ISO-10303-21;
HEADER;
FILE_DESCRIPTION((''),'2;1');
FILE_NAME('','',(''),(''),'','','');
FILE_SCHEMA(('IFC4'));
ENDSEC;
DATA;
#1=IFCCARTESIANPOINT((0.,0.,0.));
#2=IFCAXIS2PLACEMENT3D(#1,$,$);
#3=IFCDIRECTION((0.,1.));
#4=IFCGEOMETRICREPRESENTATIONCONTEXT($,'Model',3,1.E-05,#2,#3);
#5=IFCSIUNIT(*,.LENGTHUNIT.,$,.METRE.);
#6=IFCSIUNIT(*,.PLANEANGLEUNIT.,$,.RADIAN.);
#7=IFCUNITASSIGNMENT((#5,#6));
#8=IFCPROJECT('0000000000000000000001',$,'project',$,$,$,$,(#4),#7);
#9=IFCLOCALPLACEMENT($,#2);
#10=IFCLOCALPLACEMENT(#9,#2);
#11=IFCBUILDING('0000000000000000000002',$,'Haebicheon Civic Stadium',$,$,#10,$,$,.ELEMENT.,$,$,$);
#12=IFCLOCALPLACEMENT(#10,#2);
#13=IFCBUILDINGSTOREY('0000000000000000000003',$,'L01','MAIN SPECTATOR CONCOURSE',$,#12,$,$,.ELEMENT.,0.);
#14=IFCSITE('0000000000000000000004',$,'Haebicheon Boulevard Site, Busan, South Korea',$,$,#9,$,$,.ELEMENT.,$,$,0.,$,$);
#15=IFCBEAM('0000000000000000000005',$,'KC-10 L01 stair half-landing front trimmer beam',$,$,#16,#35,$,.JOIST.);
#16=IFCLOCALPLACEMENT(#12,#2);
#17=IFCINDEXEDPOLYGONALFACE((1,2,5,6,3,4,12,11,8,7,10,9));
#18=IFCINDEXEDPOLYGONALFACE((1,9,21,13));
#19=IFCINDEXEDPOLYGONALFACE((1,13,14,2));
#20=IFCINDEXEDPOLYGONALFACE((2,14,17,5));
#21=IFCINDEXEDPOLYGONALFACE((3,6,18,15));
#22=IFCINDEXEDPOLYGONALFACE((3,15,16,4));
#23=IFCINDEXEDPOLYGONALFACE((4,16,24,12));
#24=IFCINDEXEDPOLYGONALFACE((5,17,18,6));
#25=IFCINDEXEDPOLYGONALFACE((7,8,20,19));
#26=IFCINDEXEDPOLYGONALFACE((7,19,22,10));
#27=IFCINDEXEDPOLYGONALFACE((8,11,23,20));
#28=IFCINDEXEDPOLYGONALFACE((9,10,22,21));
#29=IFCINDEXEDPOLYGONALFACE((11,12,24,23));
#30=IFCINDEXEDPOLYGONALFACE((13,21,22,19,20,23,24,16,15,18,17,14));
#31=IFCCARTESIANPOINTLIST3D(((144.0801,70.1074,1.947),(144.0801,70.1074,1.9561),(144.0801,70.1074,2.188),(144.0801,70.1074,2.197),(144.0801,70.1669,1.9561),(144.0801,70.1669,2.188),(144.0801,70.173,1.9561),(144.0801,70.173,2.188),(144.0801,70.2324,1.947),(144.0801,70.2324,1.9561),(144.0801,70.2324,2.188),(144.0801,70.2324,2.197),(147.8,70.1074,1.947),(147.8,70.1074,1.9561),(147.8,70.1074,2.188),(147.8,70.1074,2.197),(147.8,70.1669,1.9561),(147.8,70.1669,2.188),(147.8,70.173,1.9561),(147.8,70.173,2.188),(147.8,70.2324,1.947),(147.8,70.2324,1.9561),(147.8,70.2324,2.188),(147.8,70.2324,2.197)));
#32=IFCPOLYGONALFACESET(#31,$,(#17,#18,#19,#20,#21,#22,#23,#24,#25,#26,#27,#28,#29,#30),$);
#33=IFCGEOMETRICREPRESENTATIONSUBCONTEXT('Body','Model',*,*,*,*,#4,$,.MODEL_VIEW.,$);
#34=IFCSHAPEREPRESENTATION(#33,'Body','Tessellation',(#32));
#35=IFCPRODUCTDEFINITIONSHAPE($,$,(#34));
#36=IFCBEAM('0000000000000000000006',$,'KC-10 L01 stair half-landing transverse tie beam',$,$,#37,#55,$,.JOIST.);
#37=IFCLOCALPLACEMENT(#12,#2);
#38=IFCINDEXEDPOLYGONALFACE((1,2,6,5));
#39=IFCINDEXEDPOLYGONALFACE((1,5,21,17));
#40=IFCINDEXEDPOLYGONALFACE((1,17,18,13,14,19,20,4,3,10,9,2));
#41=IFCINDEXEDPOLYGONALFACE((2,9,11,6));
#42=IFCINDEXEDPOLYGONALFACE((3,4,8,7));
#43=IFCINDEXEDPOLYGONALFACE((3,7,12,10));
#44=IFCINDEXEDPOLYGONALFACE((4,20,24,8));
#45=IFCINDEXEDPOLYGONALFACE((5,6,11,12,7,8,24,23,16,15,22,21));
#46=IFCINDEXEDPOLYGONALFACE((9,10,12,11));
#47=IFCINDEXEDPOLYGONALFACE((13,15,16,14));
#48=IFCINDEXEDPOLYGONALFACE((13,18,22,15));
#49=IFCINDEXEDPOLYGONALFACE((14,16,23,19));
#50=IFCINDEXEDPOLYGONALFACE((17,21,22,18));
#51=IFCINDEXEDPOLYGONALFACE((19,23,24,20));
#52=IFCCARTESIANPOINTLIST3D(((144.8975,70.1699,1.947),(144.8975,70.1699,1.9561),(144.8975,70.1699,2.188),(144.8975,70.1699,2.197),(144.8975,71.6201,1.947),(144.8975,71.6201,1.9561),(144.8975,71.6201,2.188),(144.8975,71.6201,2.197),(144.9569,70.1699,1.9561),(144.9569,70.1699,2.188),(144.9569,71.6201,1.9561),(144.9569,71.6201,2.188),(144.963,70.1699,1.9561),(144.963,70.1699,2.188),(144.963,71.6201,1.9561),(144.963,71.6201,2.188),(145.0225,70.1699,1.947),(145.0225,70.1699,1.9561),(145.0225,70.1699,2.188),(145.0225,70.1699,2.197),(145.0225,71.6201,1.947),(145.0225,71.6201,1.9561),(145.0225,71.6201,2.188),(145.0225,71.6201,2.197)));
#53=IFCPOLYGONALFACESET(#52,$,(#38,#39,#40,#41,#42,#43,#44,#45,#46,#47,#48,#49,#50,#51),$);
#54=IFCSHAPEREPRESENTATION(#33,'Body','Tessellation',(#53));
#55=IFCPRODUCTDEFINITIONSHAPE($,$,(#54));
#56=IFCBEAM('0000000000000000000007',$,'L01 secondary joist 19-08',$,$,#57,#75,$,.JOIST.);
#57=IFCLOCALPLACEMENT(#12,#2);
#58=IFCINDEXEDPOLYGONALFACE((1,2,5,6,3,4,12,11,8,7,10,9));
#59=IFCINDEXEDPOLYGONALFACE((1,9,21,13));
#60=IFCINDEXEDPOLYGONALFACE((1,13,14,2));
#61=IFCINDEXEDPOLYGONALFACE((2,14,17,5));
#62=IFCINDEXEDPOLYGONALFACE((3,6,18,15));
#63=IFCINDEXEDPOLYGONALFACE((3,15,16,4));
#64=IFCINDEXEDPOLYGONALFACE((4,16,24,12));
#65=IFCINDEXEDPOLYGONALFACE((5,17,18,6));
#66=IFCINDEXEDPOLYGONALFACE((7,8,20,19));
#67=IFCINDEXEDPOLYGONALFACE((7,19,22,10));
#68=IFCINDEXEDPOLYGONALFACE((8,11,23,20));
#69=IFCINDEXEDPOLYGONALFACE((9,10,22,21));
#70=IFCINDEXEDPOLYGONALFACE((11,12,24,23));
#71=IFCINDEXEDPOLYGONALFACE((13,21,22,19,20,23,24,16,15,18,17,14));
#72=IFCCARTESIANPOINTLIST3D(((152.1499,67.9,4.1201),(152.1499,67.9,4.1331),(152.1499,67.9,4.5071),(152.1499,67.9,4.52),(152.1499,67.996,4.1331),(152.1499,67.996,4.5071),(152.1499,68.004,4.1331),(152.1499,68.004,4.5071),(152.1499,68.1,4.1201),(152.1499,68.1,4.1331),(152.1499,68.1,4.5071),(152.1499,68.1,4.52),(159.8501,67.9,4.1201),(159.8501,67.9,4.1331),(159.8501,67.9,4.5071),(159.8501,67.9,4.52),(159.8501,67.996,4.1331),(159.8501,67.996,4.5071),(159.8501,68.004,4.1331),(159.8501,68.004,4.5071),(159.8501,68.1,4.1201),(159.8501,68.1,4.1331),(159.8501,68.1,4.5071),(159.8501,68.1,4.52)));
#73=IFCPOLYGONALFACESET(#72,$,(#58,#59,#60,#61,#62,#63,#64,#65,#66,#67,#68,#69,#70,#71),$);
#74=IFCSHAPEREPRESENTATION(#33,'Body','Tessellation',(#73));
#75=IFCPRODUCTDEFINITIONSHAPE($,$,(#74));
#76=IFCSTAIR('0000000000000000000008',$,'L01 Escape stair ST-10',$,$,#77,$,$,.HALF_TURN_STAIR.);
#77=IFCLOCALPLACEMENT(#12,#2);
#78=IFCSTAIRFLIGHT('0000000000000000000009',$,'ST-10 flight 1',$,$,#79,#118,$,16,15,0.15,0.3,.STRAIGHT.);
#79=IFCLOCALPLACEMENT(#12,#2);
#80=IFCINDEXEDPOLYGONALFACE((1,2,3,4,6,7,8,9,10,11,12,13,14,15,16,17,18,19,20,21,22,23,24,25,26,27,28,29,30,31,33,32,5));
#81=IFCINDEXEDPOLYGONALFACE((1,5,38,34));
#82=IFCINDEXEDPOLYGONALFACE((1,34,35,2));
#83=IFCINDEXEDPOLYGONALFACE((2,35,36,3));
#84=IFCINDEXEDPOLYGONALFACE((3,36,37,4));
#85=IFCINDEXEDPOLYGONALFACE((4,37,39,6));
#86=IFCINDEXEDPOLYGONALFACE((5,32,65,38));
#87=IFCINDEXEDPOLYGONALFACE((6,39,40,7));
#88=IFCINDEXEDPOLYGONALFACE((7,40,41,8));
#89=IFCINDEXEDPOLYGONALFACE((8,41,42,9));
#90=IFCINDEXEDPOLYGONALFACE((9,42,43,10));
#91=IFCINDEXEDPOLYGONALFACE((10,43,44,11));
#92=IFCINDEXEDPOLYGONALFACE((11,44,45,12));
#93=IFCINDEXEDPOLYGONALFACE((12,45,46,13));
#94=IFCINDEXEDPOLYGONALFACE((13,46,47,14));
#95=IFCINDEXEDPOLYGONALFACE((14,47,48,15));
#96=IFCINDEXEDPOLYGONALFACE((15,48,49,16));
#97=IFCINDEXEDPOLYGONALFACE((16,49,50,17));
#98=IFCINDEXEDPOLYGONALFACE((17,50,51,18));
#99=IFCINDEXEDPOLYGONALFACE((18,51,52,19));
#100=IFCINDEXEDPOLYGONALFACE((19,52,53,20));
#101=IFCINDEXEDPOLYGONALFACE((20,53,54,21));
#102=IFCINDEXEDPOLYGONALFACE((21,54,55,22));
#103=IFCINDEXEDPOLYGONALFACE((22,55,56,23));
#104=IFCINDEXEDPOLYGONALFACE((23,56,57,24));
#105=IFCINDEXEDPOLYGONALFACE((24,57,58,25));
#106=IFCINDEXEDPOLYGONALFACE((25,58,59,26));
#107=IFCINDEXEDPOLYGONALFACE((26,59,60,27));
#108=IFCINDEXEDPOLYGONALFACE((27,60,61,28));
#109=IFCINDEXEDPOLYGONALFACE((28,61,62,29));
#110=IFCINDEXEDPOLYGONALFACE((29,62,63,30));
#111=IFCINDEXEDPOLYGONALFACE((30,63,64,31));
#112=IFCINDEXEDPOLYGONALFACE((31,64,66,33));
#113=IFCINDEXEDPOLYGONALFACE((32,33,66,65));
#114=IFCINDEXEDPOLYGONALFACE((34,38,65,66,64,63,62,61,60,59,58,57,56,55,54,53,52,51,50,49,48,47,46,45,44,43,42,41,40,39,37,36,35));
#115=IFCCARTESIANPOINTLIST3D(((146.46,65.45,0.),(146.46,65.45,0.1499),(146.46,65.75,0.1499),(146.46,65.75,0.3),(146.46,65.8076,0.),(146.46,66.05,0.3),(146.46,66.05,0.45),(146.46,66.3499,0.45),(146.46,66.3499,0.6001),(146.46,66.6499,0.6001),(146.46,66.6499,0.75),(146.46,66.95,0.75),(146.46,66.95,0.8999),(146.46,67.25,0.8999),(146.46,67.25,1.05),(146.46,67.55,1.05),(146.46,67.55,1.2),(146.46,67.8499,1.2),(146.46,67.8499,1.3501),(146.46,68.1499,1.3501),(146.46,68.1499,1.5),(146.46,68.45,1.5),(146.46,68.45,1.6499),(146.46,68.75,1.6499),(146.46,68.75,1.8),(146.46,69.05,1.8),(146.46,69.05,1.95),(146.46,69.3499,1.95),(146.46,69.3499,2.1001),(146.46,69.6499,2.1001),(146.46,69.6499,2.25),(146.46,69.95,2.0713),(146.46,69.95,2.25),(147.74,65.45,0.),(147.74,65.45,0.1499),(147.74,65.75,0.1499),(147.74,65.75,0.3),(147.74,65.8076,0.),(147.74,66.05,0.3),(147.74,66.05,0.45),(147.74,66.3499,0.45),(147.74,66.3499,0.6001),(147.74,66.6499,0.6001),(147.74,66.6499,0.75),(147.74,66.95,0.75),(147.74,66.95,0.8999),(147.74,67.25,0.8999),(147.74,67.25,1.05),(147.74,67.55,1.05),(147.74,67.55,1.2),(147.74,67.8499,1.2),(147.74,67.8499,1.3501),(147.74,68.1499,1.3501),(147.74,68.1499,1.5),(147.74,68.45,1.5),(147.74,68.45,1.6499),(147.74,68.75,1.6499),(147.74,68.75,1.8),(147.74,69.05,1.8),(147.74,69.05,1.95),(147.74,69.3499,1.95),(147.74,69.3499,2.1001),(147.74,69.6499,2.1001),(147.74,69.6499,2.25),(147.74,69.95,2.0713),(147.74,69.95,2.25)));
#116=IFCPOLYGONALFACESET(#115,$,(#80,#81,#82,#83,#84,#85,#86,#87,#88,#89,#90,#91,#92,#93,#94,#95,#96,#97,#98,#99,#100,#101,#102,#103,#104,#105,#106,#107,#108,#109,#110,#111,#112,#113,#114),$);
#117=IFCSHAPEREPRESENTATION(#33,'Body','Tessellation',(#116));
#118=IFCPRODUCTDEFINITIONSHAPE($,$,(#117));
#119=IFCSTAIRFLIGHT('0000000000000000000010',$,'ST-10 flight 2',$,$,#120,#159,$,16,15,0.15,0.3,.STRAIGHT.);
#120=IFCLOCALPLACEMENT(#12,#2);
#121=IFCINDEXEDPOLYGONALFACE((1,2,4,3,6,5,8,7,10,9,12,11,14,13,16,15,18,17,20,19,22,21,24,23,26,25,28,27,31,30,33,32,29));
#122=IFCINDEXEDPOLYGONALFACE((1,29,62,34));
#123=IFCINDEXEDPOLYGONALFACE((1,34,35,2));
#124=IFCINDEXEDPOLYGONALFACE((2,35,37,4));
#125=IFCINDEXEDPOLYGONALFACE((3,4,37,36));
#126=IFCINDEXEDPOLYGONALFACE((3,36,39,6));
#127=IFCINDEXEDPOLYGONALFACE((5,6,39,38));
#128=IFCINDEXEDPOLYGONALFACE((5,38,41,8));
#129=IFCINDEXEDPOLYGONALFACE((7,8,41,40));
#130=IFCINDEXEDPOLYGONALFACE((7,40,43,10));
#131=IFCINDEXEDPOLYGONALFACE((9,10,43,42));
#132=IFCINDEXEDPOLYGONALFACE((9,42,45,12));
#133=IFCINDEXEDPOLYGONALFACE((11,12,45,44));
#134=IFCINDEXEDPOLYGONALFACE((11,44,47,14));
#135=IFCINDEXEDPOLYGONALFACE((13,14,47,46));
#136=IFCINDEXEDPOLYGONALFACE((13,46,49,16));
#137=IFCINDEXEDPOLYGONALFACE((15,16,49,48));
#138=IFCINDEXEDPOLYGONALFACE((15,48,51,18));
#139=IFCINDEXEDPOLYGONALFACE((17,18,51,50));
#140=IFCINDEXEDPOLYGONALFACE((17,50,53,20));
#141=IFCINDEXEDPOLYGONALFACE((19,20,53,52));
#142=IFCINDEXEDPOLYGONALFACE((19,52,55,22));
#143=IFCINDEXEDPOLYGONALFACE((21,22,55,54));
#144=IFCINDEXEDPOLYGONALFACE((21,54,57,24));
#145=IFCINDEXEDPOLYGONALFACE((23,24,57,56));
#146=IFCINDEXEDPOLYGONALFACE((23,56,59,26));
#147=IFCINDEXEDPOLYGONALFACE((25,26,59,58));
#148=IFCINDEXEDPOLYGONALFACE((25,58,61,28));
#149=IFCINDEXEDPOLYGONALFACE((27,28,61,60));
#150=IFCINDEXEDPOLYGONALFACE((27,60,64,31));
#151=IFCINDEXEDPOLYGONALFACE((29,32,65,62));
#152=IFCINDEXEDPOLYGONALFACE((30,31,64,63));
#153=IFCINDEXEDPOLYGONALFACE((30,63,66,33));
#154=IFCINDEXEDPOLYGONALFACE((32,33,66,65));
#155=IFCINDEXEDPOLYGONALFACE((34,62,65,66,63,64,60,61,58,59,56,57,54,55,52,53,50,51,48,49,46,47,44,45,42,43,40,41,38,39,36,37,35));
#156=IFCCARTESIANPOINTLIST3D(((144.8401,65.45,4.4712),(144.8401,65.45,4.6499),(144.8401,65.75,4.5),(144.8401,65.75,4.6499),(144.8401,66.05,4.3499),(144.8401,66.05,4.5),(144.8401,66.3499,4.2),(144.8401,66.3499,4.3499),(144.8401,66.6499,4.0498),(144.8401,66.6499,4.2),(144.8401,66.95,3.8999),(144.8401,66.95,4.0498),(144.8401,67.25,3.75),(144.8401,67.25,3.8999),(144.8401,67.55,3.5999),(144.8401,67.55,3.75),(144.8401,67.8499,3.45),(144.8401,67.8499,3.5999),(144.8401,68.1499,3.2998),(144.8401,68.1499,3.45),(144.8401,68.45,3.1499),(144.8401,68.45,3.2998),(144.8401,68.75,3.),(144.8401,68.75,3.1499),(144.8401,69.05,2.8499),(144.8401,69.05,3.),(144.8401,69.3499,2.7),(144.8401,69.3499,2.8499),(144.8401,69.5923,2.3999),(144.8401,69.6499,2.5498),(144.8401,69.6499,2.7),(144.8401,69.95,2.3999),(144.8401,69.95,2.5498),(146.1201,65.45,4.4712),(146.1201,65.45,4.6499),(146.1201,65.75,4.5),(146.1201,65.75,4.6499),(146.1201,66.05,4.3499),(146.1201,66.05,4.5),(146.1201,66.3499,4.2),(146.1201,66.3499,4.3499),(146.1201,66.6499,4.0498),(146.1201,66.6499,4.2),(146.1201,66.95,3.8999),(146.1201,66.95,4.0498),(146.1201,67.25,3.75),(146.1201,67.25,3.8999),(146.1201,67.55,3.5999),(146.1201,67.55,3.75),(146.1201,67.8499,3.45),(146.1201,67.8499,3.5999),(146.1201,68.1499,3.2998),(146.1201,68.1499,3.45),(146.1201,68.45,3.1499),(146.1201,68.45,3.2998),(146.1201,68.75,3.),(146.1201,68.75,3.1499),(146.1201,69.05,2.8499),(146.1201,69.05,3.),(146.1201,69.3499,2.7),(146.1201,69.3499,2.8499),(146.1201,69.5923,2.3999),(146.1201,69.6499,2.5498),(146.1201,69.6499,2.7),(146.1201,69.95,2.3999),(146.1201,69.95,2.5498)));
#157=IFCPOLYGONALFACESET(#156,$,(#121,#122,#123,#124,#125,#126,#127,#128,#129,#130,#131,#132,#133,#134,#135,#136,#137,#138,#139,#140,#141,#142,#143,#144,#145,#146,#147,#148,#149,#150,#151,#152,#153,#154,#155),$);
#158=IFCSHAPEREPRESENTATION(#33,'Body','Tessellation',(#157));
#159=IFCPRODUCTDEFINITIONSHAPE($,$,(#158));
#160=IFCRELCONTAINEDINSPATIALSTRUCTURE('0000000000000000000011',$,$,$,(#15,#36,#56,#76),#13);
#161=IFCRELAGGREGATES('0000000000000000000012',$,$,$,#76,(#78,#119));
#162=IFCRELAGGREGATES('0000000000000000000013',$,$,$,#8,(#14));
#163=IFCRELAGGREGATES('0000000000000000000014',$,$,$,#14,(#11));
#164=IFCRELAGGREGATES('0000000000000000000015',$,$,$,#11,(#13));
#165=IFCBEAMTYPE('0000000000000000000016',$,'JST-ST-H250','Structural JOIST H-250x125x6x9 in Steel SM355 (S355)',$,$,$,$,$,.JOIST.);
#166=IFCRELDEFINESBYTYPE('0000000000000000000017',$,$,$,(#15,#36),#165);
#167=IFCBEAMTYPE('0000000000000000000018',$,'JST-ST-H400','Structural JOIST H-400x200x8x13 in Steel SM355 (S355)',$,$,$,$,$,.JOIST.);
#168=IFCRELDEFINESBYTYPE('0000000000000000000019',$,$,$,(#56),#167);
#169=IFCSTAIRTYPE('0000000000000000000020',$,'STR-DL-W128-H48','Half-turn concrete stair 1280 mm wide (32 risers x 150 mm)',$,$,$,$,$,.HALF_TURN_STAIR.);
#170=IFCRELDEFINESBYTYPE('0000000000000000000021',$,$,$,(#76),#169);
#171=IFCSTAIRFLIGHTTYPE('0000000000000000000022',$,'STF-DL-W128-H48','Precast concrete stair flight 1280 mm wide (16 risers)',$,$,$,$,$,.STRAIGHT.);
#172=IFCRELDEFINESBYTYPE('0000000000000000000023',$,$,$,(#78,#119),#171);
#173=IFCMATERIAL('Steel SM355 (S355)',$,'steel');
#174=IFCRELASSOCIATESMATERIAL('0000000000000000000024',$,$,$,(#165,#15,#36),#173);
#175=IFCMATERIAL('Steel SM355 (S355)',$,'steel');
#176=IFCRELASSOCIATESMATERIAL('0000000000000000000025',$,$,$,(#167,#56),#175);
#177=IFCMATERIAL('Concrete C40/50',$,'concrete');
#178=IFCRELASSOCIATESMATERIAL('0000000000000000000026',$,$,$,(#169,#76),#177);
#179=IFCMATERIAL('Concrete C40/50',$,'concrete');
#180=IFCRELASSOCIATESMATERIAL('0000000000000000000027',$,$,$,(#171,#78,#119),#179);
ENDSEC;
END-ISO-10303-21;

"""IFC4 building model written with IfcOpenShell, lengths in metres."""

from ifc_helpers import new_model, si_unit, direction, frame, origin, origin_2d, place, context, subcontext, project, spatial, polyline, i_section, outline, extrude, material, material_profile, profile_set, type_object, element, aggregate, save


model = new_model("IFC4")

# Units and contexts
model_context = context("Model", 3, precision=1e-05, world=origin(), true_north=direction((0.0, 1.0)))
body_context = subcontext(model_context, "Body", "Model", "MODEL_VIEW")
ifc_project = project(units=[si_unit("LENGTHUNIT", "METRE"), si_unit("PLANEANGLEUNIT", "RADIAN")], contexts=[model_context])

# Site, building, storey
site_placement = place(None, origin())
site = spatial("IfcSite", under=ifc_project, at=site_placement, Name="Haebicheon Boulevard Site, Busan, South Korea", CompositionType="ELEMENT", RefElevation=0.0)
building_placement = place(site_placement, origin())
building = spatial("IfcBuilding", under=site, at=building_placement, Name="Haebicheon Civic Stadium", CompositionType="ELEMENT")
storey_placement = place(building_placement, origin())
storey = spatial("IfcBuildingStorey", under=building, at=storey_placement, Name="L01", Description="MAIN SPECTATOR CONCOURSE", CompositionType="ELEMENT", Elevation=0.0)

# Beams
ifc_material_1 = material(Name="Steel SM355 (S355)", Category="steel")
ifc_material_profile_1 = material_profile(ifc_material_1, i_section(OverallWidth=0.125, OverallDepth=0.25, WebThickness=0.0061, FlangeThickness=0.009, at=origin_2d()), Name="H-250x125x6x9")
ifc_profile_set_1 = profile_set([ifc_material_profile_1], Name="Steel SM355 (S355)")
beam_type_1 = type_object("IfcBeamType", Name="JST-ST-H250", Description="Structural JOIST H-250x125x6x9 in Steel SM355 (S355)", PredefinedType="JOIST", material=ifc_profile_set_1)
beam_1_placement = place(storey_placement, frame((144.0801, 70.1699, 2.072), z_axis=(1.0, 0.0, 0.0), x_axis=(0.0, 1.0, 0.0)))
element("IfcBeam", 1, at=beam_1_placement, inside=storey, type_object=beam_type_1, material=ifc_profile_set_1, Name="KC-10 L01 stair half-landing front trimmer beam", PredefinedType="JOIST", context=body_context, shape_type="SweptSolid", body=[
    extrude(i_section(OverallWidth=0.125, OverallDepth=0.25, WebThickness=0.0061, FlangeThickness=0.009, at=origin_2d()), origin(), (0.0, 0.0, 1.0), 3.72),
])
beam_2_placement = place(storey_placement, frame((144.96, 70.1699, 2.072), z_axis=(0.0, 1.0, 0.0), x_axis=(-1.0, 0.0, 0.0)))
element("IfcBeam", 2, at=beam_2_placement, inside=storey, type_object=beam_type_1, material=ifc_profile_set_1, Name="KC-10 L01 stair half-landing transverse tie beam", PredefinedType="JOIST", context=body_context, shape_type="SweptSolid", body=[
    extrude(i_section(OverallWidth=0.125, OverallDepth=0.25, WebThickness=0.0061, FlangeThickness=0.009, at=origin_2d()), origin(), (0.0, 0.0, 1.0), 1.4502),
])
ifc_material_2 = material(Name="Steel SM355 (S355)", Category="steel")
ifc_material_profile_2 = material_profile(ifc_material_2, i_section(OverallWidth=0.2, OverallDepth=0.3999, WebThickness=0.0081, FlangeThickness=0.0129, at=origin_2d()), Name="H-400x200x8x13")
ifc_profile_set_2 = profile_set([ifc_material_profile_2], Name="Steel SM355 (S355)")
beam_type_2 = type_object("IfcBeamType", Name="JST-ST-H400", Description="Structural JOIST H-400x200x8x13 in Steel SM355 (S355)", PredefinedType="JOIST", material=ifc_profile_set_2)
beam_3_placement = place(storey_placement, frame((152.1499, 68.0, 4.3201), z_axis=(1.0, 0.0, 0.0), x_axis=(0.0, 1.0, 0.0)))
element("IfcBeam", 3, at=beam_3_placement, inside=storey, type_object=beam_type_2, material=ifc_profile_set_2, Name="L01 secondary joist 19-08", PredefinedType="JOIST", context=body_context, shape_type="SweptSolid", body=[
    extrude(i_section(OverallWidth=0.2, OverallDepth=0.3999, WebThickness=0.0081, FlangeThickness=0.0129, at=origin_2d()), origin(), (0.0, 0.0, 1.0), 7.7002),
])

# Stair, stair flights
ifc_material_3 = material(Name="Concrete C40/50", Category="concrete")
stair_type = type_object("IfcStairType", Name="STR-DL-W128-H48", Description="Half-turn concrete stair 1280 mm wide (32 risers x 150 mm)", PredefinedType="HALF_TURN_STAIR", material=ifc_material_3)
stair_placement = place(storey_placement, origin())
stair = element("IfcStair", 4, at=stair_placement, inside=storey, type_object=stair_type, material=ifc_material_3, Name="L01 Escape stair ST-10", PredefinedType="HALF_TURN_STAIR")
ifc_material_4 = material(Name="Concrete C40/50", Category="concrete")
stair_flight_type = type_object("IfcStairFlightType", Name="STF-DL-W128-H48", Description="Precast concrete stair flight 1280 mm wide (16 risers)", PredefinedType="STRAIGHT", material=ifc_material_4)
stair_flight_1_placement = place(storey_placement, frame((147.1001, 65.45, 0.0), z_axis=(0.0, 0.0, 1.0), x_axis=(0.0, 1.0, 0.0)))
stair_flight_1 = element("IfcStairFlight", 5, at=stair_flight_1_placement, type_object=stair_flight_type, material=ifc_material_4, Name="ST-10 flight 1", NumberOfRisers=16, NumberOfTreads=15, PredefinedType="STRAIGHT", RiserHeight=0.15, TreadLength=0.3, context=body_context, shape_type="SweptSolid", body=[
    extrude(outline(polyline([(0.0, 0.0), (0.0, 0.1499), (0.3, 0.1499), (0.3, 0.3), (0.6001, 0.3), (0.6001, 0.45), (0.8999, 0.45), (0.8999, 0.6001), (1.2, 0.6001), (1.2, 0.75), (1.5, 0.75), (1.5, 0.8999), (1.8, 0.8999), (1.8, 1.05), (2.1001, 1.05), (2.1001, 1.2), (2.3999, 1.2), (2.3999, 1.3501), (2.7, 1.3501), (2.7, 1.5), (3.0, 1.5), (3.0, 1.6499), (3.3, 1.6499), (3.3, 1.8), (3.6001, 1.8), (3.6001, 1.95), (3.8999, 1.95), (3.8999, 2.1001), (4.2, 2.1001), (4.2, 2.25), (4.5, 2.25), (4.5, 2.3999), (4.5, 2.0713), (0.3577, 0.0), (0.0, 0.0)])), frame((0.0, 0.6401, 0.0), z_axis=(0.0, -1.0, 0.0), x_axis=(1.0, 0.0, 0.0)), (0.0, 0.0, 1.0), 1.28),
])
stair_flight_2_placement = place(storey_placement, frame((145.48, 69.95, 2.3999), z_axis=(0.0, 0.0, 1.0), x_axis=(0.0, -1.0, 0.0)))
stair_flight_2 = element("IfcStairFlight", 6, at=stair_flight_2_placement, type_object=stair_flight_type, material=ifc_material_4, Name="ST-10 flight 2", NumberOfRisers=16, NumberOfTreads=15, PredefinedType="STRAIGHT", RiserHeight=0.15, TreadLength=0.3, context=body_context, shape_type="SweptSolid", body=[
    extrude(outline(polyline([(0.0, 0.0), (0.0, 0.1499), (0.3, 0.1499), (0.3, 0.3), (0.6001, 0.3), (0.6001, 0.45), (0.8999, 0.45), (0.8999, 0.6001), (1.2, 0.6001), (1.2, 0.75), (1.5, 0.75), (1.5, 0.8999), (1.8, 0.8999), (1.8, 1.05), (2.1001, 1.05), (2.1001, 1.2), (2.3999, 1.2), (2.3999, 1.3501), (2.7, 1.3501), (2.7, 1.5), (3.0, 1.5), (3.0, 1.6499), (3.3, 1.6499), (3.3, 1.8), (3.6001, 1.8), (3.6001, 1.95), (3.8999, 1.95), (3.8999, 2.1001), (4.2, 2.1001), (4.2, 2.25), (4.5, 2.25), (4.5, 2.3999), (4.5, 2.0713), (0.3577, 0.0), (0.0, 0.0)])), frame((0.0, 0.6401, 0.0), z_axis=(0.0, -1.0, 0.0), x_axis=(1.0, 0.0, 0.0)), (0.0, 0.0, 1.0), 1.28),
])
aggregate(stair, [stair_flight_1, stair_flight_2])

save(model, "model.ifc")
